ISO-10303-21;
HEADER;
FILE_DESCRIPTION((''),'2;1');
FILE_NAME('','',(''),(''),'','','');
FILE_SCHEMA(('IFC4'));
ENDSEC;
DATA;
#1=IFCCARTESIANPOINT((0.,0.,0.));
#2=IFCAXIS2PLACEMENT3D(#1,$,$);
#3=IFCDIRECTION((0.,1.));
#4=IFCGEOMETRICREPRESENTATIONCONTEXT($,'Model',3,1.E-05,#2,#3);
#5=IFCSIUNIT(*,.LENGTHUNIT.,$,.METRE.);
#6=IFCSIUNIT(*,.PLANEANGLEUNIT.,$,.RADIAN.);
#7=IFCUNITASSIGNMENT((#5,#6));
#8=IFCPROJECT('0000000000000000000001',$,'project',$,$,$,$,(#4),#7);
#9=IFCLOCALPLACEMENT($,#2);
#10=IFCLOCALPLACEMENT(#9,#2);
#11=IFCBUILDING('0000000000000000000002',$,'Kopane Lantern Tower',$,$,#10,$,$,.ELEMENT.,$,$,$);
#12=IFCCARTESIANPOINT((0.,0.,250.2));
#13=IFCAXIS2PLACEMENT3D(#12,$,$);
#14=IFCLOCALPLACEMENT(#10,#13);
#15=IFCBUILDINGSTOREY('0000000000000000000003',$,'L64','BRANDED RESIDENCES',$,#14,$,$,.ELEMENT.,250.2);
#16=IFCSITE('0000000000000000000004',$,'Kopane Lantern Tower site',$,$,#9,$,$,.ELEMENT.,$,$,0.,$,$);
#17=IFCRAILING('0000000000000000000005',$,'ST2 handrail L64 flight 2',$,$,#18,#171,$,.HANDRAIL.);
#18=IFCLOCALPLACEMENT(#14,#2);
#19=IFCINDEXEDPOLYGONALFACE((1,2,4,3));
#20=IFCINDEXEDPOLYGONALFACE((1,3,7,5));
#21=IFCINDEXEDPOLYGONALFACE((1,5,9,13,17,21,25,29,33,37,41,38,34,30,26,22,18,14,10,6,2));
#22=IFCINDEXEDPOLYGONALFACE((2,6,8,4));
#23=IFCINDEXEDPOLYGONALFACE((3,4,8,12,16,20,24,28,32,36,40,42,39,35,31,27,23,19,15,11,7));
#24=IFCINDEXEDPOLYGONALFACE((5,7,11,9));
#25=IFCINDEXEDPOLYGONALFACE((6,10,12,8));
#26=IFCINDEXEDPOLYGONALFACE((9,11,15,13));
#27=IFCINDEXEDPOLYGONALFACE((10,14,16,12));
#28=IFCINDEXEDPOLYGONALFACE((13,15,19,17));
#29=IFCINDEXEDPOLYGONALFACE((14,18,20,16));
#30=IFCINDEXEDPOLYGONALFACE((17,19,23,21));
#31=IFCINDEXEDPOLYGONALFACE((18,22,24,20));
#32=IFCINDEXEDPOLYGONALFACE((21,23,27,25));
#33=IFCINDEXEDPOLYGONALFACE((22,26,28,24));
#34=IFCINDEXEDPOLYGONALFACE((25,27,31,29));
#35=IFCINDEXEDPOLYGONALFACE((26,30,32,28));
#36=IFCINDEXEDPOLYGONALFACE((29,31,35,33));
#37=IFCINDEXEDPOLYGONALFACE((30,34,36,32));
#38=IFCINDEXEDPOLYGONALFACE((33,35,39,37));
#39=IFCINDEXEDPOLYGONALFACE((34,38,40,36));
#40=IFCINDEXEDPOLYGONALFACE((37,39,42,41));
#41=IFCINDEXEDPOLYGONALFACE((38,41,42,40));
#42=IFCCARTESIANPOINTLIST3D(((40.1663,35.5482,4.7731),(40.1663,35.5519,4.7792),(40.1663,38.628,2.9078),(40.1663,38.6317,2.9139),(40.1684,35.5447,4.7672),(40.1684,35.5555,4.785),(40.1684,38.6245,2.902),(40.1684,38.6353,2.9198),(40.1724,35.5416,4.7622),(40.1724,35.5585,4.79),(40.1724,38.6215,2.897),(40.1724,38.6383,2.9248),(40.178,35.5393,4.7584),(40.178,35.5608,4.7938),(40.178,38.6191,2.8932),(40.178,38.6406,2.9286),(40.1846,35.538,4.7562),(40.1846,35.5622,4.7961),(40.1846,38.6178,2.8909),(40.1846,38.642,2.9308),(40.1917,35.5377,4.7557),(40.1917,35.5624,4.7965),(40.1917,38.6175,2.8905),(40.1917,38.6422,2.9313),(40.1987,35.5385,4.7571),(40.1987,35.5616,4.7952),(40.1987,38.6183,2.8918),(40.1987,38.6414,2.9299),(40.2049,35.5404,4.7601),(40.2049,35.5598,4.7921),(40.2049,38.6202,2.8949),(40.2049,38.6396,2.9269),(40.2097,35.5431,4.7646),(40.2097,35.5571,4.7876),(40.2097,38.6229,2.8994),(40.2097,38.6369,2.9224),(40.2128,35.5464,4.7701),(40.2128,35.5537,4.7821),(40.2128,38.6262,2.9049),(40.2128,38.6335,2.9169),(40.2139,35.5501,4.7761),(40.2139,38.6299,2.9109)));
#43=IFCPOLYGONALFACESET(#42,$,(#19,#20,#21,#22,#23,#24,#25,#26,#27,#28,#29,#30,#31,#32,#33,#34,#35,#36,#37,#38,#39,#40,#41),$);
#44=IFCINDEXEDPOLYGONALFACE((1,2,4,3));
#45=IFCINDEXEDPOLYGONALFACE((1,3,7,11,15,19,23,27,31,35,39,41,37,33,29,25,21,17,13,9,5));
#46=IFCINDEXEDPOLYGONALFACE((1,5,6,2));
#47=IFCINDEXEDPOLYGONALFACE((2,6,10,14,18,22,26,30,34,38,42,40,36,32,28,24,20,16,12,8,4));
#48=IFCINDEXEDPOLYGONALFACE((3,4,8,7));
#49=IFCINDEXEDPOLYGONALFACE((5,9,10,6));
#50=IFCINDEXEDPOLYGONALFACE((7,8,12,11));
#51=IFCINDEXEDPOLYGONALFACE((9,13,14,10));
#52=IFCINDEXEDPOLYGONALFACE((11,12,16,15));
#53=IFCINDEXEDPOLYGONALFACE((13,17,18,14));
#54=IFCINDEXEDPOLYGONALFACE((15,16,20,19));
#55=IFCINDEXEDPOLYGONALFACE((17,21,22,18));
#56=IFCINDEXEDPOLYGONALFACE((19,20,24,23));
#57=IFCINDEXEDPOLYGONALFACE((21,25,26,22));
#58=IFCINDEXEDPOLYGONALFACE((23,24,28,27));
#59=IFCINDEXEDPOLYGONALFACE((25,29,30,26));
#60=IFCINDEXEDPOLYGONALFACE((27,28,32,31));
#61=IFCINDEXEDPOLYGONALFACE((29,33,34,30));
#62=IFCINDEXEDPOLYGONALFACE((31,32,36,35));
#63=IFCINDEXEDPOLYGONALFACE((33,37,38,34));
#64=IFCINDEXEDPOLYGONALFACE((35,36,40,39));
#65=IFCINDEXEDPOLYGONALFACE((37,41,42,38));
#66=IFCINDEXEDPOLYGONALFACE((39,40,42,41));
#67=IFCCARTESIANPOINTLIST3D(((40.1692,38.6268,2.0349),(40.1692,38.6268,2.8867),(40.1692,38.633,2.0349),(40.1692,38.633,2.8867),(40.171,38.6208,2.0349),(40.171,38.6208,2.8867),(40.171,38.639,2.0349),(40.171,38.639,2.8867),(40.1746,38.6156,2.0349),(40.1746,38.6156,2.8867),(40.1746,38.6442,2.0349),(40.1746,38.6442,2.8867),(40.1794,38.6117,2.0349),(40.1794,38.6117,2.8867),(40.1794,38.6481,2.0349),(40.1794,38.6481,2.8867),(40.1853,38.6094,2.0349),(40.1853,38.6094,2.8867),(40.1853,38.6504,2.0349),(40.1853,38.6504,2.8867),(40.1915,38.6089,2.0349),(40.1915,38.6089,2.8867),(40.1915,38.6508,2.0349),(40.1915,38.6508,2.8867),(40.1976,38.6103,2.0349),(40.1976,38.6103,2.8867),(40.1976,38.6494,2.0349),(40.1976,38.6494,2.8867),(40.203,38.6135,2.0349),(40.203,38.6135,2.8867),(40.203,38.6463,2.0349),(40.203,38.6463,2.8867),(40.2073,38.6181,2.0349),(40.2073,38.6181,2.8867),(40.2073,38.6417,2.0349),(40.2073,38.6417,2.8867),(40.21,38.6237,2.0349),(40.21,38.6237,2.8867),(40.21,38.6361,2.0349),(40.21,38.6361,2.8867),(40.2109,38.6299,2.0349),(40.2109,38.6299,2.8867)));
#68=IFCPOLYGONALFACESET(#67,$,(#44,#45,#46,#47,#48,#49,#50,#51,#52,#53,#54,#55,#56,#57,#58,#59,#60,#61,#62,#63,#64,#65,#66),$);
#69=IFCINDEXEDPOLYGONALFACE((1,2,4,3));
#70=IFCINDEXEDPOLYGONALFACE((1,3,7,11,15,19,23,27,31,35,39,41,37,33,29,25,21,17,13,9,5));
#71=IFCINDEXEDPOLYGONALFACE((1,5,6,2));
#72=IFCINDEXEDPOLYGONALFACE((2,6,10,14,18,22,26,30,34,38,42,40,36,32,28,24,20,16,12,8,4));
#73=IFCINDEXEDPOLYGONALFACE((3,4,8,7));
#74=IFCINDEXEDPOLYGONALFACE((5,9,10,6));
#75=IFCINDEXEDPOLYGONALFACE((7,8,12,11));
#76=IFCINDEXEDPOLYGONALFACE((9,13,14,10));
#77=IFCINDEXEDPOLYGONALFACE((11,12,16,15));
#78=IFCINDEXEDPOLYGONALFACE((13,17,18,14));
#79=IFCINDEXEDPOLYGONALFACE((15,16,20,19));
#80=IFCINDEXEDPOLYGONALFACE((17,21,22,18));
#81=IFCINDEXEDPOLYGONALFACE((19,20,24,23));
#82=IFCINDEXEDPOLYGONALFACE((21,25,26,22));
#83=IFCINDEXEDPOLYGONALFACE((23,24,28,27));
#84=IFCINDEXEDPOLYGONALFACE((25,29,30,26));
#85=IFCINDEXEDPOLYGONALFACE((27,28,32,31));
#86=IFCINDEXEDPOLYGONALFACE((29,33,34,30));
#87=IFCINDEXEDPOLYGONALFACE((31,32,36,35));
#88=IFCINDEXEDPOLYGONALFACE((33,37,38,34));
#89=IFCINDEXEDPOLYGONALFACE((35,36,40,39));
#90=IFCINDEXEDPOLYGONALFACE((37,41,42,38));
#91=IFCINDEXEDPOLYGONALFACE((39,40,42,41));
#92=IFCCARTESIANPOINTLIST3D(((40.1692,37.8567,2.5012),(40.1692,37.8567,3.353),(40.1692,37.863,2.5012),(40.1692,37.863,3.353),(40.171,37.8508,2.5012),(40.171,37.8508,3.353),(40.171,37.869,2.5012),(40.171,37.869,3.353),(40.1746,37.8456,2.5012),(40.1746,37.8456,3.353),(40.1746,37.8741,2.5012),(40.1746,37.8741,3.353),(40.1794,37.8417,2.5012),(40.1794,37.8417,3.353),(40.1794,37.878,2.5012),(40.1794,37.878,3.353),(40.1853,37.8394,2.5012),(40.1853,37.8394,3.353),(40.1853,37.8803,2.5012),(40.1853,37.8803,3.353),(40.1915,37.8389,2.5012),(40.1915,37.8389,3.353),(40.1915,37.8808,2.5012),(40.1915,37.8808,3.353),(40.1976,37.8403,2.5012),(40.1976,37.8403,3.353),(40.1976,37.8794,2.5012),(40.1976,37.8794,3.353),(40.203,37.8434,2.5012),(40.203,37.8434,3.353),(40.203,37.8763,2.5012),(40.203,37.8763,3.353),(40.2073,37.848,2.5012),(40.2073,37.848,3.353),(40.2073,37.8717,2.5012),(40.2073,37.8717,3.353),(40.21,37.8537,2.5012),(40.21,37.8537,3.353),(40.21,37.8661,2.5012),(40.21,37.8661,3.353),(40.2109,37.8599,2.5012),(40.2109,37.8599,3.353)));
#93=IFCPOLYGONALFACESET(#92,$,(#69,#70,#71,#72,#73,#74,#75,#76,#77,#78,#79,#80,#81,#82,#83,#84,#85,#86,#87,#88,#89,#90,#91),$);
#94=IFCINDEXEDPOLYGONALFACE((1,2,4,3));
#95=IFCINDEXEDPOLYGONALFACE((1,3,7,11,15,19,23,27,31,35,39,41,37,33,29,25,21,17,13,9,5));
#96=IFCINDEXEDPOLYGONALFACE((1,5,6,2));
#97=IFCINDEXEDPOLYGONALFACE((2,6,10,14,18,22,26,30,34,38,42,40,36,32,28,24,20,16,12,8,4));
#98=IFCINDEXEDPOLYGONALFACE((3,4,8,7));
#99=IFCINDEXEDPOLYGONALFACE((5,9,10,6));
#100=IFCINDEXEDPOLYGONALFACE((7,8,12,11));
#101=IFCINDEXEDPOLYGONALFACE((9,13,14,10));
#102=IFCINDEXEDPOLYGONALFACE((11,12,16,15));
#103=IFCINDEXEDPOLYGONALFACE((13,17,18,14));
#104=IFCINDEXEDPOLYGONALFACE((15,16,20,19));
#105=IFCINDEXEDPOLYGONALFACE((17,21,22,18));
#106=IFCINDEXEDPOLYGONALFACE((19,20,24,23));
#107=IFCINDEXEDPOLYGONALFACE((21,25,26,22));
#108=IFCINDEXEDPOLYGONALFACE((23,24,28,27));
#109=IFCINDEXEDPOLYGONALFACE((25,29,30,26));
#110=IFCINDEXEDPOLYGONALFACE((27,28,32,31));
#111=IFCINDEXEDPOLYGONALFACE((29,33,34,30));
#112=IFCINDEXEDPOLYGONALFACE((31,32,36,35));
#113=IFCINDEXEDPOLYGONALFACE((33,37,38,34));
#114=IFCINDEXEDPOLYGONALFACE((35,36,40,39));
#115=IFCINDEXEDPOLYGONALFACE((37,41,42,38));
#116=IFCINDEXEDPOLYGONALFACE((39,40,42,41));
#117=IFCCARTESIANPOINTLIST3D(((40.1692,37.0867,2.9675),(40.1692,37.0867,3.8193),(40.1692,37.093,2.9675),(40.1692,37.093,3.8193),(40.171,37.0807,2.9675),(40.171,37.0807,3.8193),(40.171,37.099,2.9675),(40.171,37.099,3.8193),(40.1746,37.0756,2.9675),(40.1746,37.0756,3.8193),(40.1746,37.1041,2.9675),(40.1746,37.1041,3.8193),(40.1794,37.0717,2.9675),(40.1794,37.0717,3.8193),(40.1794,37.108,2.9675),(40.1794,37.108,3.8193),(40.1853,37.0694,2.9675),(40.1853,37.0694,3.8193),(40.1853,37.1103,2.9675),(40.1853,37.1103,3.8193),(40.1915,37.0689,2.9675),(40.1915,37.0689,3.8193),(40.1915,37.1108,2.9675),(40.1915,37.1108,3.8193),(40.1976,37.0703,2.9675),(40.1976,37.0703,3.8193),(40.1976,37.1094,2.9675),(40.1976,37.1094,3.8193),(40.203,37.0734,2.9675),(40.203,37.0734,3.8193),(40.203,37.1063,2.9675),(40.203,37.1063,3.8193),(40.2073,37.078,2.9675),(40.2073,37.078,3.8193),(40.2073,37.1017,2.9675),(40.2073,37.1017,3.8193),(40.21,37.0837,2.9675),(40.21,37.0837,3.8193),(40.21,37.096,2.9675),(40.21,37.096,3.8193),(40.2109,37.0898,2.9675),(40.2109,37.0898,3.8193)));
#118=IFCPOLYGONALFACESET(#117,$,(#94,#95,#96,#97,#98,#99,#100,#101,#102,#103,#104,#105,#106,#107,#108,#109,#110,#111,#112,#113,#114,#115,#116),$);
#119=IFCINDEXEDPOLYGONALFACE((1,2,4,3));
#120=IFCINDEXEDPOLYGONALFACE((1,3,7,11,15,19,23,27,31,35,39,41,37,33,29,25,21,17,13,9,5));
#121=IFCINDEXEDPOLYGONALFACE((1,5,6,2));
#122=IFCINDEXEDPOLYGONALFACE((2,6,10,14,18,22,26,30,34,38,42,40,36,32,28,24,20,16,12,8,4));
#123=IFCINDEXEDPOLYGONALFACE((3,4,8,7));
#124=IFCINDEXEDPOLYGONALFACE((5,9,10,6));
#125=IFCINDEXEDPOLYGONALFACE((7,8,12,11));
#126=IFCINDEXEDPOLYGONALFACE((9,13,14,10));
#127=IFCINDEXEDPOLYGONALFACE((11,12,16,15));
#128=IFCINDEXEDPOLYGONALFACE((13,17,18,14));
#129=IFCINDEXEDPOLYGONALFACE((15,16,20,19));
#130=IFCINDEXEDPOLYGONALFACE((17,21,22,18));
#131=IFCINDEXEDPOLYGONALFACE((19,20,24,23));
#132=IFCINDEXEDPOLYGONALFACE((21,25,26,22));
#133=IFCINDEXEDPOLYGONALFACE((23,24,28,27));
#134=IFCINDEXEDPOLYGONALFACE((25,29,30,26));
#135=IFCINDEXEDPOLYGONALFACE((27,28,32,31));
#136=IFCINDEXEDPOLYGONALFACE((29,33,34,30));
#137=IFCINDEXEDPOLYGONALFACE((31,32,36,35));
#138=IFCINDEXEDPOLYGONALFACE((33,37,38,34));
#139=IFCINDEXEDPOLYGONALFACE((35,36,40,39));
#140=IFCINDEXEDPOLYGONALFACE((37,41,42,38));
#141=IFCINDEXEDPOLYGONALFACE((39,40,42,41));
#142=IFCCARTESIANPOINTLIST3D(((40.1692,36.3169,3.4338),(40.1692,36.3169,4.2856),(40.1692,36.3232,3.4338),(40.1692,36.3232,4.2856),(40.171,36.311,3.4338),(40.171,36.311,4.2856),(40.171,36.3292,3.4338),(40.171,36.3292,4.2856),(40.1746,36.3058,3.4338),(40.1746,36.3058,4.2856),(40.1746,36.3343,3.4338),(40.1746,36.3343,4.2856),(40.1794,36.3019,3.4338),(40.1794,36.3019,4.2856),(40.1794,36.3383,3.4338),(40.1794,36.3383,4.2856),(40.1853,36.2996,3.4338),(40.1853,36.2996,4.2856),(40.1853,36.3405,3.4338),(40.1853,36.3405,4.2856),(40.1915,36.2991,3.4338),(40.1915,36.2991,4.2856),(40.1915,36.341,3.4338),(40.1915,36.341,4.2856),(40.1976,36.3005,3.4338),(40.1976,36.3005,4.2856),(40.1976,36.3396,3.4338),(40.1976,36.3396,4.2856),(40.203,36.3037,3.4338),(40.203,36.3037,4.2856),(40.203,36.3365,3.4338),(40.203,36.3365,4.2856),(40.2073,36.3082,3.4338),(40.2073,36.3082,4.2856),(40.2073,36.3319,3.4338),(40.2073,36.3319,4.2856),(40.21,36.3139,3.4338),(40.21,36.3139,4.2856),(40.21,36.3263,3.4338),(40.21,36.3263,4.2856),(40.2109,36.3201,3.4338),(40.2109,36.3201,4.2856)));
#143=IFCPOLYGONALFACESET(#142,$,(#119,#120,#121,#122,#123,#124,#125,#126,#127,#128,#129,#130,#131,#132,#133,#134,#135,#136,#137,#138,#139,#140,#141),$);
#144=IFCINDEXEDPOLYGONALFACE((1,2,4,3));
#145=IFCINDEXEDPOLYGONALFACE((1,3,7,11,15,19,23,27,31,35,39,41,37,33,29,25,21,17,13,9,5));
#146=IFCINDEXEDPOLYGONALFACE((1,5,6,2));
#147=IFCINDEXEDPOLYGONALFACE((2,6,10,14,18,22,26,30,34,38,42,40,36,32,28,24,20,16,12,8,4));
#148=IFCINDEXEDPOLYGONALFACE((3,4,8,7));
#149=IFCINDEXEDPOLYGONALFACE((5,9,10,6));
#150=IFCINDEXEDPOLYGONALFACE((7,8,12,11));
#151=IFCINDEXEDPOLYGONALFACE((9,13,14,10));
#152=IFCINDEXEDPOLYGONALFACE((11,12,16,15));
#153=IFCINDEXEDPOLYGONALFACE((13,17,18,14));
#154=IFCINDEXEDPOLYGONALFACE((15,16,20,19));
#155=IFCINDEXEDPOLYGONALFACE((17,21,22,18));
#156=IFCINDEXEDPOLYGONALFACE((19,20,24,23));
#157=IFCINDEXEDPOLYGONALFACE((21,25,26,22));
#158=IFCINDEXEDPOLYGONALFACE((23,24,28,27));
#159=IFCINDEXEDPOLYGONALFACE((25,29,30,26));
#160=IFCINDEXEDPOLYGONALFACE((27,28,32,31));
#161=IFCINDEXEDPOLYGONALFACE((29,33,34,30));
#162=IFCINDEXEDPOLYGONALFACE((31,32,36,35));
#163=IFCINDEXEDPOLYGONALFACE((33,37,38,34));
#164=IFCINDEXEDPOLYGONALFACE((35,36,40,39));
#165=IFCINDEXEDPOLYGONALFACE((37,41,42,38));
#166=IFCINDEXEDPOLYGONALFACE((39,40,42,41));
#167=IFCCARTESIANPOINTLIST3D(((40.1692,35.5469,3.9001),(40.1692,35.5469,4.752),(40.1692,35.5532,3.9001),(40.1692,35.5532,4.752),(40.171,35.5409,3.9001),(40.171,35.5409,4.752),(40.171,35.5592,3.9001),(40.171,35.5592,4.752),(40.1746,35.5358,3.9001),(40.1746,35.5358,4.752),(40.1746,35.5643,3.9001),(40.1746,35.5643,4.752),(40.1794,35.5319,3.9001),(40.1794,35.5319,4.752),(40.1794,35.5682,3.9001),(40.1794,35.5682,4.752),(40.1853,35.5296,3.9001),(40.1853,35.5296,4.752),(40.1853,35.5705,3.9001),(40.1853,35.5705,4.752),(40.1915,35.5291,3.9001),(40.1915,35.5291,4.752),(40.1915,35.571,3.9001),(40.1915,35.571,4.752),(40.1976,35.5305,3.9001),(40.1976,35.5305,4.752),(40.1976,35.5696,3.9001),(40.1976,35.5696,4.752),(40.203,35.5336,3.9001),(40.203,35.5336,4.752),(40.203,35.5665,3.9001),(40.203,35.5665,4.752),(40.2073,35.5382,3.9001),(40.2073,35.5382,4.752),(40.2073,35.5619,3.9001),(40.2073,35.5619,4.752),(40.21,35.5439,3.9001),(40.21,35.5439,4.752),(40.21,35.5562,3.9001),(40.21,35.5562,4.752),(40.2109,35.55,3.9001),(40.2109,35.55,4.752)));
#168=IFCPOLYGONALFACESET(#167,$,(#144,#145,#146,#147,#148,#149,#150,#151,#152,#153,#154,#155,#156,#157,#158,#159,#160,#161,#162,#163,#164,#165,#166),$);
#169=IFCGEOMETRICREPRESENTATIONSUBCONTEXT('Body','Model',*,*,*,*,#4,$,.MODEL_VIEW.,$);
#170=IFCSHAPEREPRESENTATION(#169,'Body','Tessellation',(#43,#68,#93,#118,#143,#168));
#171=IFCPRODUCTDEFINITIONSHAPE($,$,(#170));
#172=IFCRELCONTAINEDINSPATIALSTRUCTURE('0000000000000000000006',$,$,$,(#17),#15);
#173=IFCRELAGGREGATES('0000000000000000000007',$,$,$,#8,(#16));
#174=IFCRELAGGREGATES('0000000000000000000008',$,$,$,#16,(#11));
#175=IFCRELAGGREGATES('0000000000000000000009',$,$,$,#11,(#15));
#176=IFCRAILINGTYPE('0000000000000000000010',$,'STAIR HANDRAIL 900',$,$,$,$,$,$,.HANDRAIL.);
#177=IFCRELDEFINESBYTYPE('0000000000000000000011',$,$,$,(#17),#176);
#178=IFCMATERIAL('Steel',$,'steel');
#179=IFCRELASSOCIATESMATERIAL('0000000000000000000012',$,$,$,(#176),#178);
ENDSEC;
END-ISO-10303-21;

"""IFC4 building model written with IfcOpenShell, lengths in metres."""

from ifc_helpers import new_model, si_unit, direction, frame, origin, origin_2d, place, context, subcontext, project, spatial, circle, extrude, material, type_object, element, save


model = new_model("IFC4")

# Units and contexts
model_context = context("Model", 3, precision=1e-05, world=origin(), true_north=direction((0.0, 1.0)))
body_context = subcontext(model_context, "Body", "Model", "MODEL_VIEW")
ifc_project = project(units=[si_unit("LENGTHUNIT", "METRE"), si_unit("PLANEANGLEUNIT", "RADIAN")], contexts=[model_context])

# Site, building, storey
site_placement = place(None, origin())
site = spatial("IfcSite", under=ifc_project, at=site_placement, Name="Kopane Lantern Tower site", CompositionType="ELEMENT", RefElevation=0.0)
building_placement = place(site_placement, origin())
building = spatial("IfcBuilding", under=site, at=building_placement, Name="Kopane Lantern Tower", CompositionType="ELEMENT")
storey_placement = place(building_placement, frame((0.0, 0.0, 250.2)))
storey = spatial("IfcBuildingStorey", under=building, at=storey_placement, Name="L64", Description="BRANDED RESIDENCES", CompositionType="ELEMENT", Elevation=250.2)

# Railing
ifc_material_1 = material(Name="Steel", Category="steel")
railing_type = type_object("IfcRailingType", Name="STAIR HANDRAIL 900", PredefinedType="HANDRAIL", material=ifc_material_1)
for number, where, name in (
    (1, (40.1899, 38.6299, 2.0349), "ST2 handrail L64 flight 2"),
):
    element("IfcRailing", number, at=place(storey_placement, frame(where)), inside=storey, type_object=railing_type, Name=name, PredefinedType="HANDRAIL", context=body_context, shape_type="SweptSolid", body=[
        extrude(circle(Radius=0.0239, at=origin_2d()), frame((0.0, 0.0, 0.876), z_axis=(0.0, -0.855362, 0.518031), x_axis=(1.0, 0.0, 0.0)), (0.0, 0.0, 1.0), 3.6006),
        extrude(circle(Radius=0.021, at=origin_2d()), origin(), (0.0, 0.0, 1.0), 0.8518),
        extrude(circle(Radius=0.021, at=origin_2d()), frame((0.0, -0.77, 0.4663)), (0.0, 0.0, 1.0), 0.8518),
        extrude(circle(Radius=0.021, at=origin_2d()), frame((0.0, -1.54, 0.9326)), (0.0, 0.0, 1.0), 0.8518),
        extrude(circle(Radius=0.021, at=origin_2d()), frame((0.0, -2.3098, 1.3989)), (0.0, 0.0, 1.0), 0.8518),
        extrude(circle(Radius=0.021, at=origin_2d()), frame((0.0, -3.0798, 1.8652)), (0.0, 0.0, 1.0), 0.8518),
    ])

save(model, "model.ifc")
